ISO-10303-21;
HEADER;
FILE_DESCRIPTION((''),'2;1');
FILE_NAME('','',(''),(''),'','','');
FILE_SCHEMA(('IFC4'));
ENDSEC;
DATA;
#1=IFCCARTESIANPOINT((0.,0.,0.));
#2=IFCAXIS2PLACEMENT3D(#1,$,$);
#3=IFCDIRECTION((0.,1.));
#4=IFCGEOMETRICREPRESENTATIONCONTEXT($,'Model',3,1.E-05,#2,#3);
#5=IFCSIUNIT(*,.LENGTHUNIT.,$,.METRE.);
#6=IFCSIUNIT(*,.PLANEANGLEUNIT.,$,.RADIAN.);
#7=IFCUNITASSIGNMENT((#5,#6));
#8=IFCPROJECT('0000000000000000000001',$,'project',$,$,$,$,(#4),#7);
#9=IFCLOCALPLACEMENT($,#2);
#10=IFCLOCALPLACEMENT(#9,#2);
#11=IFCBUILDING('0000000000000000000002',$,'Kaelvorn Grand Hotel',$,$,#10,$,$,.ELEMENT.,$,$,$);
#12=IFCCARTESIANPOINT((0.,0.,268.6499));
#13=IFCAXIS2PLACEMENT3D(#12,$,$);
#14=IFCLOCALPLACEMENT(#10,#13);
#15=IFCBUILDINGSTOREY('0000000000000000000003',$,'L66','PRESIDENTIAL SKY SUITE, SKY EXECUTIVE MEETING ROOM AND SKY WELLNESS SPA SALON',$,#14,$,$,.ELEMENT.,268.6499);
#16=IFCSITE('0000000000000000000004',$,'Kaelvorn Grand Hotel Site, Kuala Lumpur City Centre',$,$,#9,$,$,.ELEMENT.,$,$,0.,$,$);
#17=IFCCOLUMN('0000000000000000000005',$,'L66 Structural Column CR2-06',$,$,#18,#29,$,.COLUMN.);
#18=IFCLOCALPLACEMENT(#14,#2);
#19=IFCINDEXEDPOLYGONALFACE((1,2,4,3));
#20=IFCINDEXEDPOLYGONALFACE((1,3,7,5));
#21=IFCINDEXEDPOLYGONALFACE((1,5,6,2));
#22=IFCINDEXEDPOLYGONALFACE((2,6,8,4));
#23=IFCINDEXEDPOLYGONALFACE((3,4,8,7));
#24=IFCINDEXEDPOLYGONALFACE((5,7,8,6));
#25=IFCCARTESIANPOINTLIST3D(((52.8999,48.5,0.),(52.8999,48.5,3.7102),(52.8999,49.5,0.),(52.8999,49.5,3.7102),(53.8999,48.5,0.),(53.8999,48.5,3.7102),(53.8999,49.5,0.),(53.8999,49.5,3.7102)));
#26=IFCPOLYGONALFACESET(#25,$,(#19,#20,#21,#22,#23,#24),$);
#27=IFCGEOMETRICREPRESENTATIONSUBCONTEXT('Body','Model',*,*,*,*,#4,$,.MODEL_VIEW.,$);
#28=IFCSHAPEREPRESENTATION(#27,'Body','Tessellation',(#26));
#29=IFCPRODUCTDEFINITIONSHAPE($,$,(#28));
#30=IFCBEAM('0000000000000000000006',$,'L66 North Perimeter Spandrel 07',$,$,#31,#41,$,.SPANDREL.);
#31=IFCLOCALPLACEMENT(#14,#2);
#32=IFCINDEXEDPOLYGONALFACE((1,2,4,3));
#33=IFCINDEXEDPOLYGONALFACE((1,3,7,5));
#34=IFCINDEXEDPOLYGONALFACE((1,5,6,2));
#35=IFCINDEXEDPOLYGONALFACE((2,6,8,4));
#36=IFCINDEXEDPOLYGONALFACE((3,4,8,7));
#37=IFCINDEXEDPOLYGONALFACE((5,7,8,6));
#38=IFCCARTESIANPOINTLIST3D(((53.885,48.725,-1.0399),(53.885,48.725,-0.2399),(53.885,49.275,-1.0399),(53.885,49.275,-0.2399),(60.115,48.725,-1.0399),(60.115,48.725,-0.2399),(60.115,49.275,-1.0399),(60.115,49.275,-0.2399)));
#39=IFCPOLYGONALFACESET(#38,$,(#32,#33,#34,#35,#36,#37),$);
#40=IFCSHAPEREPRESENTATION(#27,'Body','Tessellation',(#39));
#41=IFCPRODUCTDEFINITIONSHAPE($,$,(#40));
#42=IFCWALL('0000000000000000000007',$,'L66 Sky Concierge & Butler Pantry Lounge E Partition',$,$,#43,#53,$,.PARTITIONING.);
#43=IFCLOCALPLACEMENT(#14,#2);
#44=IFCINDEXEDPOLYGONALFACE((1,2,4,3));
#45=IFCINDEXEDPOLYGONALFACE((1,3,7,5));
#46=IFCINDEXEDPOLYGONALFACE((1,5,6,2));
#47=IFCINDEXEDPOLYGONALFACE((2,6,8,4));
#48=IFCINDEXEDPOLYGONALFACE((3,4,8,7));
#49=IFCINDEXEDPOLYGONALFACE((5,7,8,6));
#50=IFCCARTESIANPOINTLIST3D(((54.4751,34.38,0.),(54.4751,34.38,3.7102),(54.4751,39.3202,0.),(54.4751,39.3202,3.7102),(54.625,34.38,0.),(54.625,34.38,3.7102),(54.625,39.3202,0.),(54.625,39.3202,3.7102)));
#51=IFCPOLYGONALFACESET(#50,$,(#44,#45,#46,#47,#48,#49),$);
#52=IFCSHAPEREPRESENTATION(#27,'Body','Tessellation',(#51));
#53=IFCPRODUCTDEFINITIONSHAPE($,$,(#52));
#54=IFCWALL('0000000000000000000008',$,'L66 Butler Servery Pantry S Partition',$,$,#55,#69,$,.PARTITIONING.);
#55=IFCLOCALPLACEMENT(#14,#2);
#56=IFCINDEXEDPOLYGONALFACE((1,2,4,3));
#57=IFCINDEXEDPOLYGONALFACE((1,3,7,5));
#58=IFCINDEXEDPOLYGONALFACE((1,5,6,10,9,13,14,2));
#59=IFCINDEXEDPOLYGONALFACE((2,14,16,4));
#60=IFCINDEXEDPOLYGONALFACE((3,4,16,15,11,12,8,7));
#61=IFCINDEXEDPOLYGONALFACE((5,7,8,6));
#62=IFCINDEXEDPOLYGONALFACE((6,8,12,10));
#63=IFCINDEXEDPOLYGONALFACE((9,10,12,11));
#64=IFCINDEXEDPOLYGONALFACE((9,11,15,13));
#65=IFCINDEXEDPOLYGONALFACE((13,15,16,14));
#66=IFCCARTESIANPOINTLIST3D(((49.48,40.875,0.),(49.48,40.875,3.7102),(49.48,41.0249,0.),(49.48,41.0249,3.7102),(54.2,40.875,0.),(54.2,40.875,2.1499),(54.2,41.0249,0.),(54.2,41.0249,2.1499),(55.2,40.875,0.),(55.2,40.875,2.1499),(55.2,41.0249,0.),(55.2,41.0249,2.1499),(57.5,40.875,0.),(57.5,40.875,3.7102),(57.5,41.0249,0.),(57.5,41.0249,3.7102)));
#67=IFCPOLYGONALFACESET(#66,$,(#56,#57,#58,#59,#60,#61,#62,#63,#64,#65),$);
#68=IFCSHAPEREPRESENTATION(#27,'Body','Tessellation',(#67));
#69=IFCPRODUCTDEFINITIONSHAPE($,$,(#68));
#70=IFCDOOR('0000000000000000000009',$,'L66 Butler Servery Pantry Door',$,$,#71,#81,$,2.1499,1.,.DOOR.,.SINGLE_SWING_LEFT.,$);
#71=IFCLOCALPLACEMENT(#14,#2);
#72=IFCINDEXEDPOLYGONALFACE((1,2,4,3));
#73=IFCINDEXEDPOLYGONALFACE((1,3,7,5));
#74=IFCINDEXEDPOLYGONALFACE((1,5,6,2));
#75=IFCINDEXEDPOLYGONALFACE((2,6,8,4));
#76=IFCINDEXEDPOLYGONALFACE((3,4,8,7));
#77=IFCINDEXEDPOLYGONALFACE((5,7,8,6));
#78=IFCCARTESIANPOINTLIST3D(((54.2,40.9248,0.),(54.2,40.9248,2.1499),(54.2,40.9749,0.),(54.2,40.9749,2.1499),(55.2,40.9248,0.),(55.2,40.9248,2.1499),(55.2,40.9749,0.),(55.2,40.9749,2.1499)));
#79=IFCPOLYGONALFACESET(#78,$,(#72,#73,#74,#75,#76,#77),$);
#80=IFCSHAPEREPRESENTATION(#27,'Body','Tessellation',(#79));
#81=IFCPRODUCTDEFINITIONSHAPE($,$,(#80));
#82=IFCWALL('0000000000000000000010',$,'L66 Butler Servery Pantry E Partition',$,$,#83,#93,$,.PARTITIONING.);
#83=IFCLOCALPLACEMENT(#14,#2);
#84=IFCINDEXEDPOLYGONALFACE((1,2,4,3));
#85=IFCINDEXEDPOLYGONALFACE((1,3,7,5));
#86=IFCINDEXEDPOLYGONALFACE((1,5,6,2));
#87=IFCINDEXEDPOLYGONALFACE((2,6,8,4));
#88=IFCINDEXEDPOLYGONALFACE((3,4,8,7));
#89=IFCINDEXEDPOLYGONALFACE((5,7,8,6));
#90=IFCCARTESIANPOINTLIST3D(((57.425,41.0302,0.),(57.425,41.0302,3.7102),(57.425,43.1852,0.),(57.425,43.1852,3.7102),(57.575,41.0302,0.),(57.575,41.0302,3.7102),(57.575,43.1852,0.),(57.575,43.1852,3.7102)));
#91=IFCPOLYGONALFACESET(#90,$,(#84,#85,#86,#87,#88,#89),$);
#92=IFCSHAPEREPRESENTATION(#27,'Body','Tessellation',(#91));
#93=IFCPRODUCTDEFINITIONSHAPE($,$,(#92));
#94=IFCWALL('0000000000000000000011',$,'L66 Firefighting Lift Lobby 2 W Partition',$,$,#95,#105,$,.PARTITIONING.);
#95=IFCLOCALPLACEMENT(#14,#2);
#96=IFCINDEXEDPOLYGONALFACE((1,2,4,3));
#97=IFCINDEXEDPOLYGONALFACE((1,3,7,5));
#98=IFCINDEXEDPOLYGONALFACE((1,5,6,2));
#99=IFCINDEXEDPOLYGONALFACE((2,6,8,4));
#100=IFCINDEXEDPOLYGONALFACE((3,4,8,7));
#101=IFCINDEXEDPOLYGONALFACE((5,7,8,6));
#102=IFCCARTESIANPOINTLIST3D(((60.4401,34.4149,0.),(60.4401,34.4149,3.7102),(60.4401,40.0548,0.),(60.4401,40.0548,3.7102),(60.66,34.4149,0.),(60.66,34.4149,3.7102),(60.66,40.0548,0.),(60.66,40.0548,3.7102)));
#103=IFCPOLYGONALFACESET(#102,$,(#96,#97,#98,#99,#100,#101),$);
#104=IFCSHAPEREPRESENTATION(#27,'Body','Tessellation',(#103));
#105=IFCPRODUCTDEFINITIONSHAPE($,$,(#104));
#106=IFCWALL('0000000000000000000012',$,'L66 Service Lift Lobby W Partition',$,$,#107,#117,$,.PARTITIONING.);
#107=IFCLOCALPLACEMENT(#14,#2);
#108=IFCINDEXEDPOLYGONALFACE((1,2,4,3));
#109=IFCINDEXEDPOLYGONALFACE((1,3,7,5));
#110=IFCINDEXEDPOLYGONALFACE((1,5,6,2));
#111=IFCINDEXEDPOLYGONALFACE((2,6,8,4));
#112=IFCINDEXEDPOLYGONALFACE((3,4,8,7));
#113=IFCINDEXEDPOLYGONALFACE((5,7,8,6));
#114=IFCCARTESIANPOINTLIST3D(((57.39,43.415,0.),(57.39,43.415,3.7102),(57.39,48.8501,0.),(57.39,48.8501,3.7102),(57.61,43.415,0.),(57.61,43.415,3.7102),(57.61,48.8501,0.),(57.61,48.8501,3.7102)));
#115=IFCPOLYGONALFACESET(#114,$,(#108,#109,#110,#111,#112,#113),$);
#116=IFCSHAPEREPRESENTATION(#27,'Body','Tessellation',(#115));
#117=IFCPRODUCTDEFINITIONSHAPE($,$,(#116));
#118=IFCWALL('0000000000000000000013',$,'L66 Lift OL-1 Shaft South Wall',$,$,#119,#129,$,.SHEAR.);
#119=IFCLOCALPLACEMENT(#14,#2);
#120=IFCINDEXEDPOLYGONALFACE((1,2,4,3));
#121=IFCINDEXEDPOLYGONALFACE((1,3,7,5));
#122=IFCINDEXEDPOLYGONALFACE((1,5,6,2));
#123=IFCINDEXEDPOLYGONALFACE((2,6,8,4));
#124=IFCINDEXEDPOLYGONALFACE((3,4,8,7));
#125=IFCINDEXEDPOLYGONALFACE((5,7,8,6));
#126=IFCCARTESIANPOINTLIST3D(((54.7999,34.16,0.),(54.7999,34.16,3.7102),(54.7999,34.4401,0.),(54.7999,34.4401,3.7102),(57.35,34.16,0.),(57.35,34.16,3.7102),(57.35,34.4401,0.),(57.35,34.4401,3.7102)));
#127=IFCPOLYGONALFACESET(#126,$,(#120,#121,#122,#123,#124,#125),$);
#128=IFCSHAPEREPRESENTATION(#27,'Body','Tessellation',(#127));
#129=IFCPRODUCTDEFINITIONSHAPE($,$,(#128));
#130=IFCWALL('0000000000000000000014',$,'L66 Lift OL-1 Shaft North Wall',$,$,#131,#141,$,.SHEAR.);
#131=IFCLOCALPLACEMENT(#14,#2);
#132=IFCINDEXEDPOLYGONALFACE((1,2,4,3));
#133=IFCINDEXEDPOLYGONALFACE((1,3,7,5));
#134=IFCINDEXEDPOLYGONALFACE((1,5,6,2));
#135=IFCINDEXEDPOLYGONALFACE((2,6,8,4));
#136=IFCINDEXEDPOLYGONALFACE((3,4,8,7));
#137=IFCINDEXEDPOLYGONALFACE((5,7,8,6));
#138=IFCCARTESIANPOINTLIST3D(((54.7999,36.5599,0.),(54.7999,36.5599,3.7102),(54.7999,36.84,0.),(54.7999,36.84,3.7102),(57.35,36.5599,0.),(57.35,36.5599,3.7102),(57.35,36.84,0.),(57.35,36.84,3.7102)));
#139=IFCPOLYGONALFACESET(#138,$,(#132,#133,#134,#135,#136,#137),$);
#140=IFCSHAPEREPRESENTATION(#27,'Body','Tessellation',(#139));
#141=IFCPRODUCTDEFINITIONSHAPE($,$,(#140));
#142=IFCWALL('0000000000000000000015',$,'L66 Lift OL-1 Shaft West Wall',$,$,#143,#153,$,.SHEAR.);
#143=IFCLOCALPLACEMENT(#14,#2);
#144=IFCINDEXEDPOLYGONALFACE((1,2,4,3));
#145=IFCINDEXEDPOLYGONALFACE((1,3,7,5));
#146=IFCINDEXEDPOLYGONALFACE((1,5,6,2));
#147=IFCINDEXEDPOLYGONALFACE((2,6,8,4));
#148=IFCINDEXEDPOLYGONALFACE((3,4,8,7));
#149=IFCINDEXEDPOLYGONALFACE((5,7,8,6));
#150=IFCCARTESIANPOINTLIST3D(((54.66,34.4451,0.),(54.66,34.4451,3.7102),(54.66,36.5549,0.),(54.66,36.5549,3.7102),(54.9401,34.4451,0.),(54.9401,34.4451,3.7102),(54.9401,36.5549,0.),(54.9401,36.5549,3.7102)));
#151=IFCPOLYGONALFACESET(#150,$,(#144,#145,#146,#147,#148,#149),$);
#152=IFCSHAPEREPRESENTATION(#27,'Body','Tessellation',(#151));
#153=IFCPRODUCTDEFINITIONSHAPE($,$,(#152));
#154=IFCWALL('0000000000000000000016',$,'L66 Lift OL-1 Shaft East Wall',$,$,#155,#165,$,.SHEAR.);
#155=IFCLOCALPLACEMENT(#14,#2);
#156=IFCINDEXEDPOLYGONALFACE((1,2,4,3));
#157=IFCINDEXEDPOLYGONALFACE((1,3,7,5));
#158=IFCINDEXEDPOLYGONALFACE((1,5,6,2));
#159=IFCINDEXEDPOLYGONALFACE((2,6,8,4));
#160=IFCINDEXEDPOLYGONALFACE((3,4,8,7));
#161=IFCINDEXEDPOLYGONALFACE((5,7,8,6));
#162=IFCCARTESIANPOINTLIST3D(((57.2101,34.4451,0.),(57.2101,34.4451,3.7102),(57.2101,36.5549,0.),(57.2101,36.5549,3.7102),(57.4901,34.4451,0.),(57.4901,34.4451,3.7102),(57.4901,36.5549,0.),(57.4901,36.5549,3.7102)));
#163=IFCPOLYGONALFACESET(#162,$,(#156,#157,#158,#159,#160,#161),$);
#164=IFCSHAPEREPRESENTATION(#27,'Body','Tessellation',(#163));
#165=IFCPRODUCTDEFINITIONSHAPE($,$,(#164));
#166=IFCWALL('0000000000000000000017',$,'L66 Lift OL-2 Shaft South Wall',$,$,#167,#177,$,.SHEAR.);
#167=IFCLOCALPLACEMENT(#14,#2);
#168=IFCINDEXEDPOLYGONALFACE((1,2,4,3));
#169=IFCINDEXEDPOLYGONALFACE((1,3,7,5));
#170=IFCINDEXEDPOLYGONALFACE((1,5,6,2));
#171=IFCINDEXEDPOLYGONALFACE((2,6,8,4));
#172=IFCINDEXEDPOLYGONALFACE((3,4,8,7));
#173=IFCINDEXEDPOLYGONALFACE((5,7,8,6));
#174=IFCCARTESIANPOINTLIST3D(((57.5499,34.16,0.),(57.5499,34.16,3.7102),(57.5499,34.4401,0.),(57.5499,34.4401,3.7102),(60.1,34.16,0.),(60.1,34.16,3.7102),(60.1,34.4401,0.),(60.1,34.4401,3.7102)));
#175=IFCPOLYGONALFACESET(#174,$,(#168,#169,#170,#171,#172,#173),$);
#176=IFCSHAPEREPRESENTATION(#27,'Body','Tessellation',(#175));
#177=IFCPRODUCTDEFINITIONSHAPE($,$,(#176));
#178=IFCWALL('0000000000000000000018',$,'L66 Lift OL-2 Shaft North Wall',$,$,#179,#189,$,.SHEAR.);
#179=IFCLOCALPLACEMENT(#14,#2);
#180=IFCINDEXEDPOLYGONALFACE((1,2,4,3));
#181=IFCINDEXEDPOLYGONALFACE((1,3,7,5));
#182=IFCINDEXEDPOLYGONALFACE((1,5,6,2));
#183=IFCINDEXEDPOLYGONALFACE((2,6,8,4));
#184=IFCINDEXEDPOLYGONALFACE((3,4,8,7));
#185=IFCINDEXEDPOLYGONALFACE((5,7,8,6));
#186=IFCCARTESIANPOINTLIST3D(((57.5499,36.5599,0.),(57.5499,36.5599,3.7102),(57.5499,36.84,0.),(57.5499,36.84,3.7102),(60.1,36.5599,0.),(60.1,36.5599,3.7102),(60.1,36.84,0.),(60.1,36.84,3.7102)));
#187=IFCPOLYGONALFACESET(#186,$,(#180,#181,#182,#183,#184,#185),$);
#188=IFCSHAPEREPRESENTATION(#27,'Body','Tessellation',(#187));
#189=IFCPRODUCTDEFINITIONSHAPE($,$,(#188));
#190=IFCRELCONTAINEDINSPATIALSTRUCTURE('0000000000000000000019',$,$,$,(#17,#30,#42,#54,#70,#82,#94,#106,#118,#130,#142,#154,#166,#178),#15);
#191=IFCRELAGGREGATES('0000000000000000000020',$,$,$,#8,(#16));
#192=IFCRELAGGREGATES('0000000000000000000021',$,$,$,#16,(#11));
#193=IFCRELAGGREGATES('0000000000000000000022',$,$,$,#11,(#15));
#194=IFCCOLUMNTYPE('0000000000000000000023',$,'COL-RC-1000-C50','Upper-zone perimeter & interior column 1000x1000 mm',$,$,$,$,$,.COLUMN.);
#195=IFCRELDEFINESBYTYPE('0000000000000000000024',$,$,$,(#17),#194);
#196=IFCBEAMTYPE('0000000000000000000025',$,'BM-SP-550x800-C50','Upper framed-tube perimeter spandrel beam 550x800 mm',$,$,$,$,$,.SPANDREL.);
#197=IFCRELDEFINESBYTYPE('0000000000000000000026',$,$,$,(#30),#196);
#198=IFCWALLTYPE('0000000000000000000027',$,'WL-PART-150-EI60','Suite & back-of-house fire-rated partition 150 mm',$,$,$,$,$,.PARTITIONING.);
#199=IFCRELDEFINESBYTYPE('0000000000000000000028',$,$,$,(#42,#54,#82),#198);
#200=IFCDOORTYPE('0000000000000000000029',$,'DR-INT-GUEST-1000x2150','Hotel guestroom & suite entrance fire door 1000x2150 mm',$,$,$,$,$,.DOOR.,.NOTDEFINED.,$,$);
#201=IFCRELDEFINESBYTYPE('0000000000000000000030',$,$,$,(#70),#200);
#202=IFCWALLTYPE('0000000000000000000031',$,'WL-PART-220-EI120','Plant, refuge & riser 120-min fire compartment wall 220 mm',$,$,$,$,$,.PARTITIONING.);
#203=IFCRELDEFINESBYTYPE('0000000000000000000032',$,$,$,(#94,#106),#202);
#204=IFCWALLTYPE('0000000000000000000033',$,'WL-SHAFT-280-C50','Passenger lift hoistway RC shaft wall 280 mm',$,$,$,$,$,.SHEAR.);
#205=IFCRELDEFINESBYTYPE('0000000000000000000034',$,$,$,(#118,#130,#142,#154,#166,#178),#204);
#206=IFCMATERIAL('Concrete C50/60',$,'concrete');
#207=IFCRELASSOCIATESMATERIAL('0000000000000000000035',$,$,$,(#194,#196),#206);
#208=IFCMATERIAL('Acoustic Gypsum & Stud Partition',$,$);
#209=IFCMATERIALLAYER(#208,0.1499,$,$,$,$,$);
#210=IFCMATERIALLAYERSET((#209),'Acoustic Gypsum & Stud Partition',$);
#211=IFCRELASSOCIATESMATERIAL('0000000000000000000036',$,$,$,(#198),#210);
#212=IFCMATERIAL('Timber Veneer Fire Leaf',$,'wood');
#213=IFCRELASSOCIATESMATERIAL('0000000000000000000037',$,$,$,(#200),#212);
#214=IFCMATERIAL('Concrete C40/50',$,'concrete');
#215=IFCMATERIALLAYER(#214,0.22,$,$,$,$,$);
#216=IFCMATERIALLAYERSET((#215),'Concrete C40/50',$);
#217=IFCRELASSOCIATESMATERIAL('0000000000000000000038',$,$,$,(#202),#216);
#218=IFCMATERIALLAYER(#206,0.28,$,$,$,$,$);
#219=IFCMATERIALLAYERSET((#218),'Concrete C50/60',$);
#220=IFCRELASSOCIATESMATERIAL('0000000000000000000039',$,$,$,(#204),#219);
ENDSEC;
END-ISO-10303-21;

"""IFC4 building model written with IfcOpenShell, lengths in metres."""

from ifc_helpers import new_model, si_unit, direction, frame, frame_2d, origin, origin_2d, place, context, subcontext, project, spatial, rectangle, extrude, material, layer, layer_set, material_profile, profile_set, type_object, element, fill, save


model = new_model("IFC4")

# Units and contexts
model_context = context("Model", 3, precision=1e-05, world=origin(), true_north=direction((0.0, 1.0)))
body_context = subcontext(model_context, "Body", "Model", "MODEL_VIEW")
ifc_project = project(units=[si_unit("LENGTHUNIT", "METRE"), si_unit("PLANEANGLEUNIT", "RADIAN")], contexts=[model_context])

# Site, building, storey
site_placement = place(None, origin())
site = spatial("IfcSite", under=ifc_project, at=site_placement, Name="Kaelvorn Grand Hotel Site, Kuala Lumpur City Centre", CompositionType="ELEMENT", RefElevation=0.0)
building_placement = place(site_placement, origin())
building = spatial("IfcBuilding", under=site, at=building_placement, Name="Kaelvorn Grand Hotel", CompositionType="ELEMENT")
storey_placement = place(building_placement, frame((0.0, 0.0, 268.6499)))
storey = spatial("IfcBuildingStorey", under=building, at=storey_placement, Name="L66", Description="PRESIDENTIAL SKY SUITE, SKY EXECUTIVE MEETING ROOM AND SKY WELLNESS SPA SALON", CompositionType="ELEMENT", Elevation=268.6499)

# Column
ifc_material_1 = material(Name="Concrete C50/60", Category="concrete")
ifc_material_profile_1 = material_profile(ifc_material_1, rectangle(XDim=1.0, YDim=1.0, at=origin_2d()), Name="RC COL 1000x1000")
ifc_profile_set_1 = profile_set([ifc_material_profile_1], Name="Concrete C50/60")
column_type = type_object("IfcColumnType", Name="COL-RC-1000-C50", Description="Upper-zone perimeter & interior column 1000x1000 mm", PredefinedType="COLUMN", material=ifc_profile_set_1)
column_placement = place(storey_placement, frame((53.3999, 49.0, 0.0), z_axis=(0.0, 0.0, 1.0), x_axis=(1.0, 0.0, 0.0)))
element("IfcColumn", 1, at=column_placement, inside=storey, type_object=column_type, Name="L66 Structural Column CR2-06", PredefinedType="COLUMN", context=body_context, shape_type="SweptSolid", body=[
    extrude(rectangle(XDim=1.0, YDim=1.0, at=origin_2d()), origin(), (0.0, 0.0, 1.0), 3.7102),
])

# Beam
ifc_material_profile_2 = material_profile(ifc_material_1, rectangle(XDim=0.55, YDim=0.8, at=origin_2d()), Name="RC SPANDREL 550x800")
ifc_profile_set_2 = profile_set([ifc_material_profile_2], Name="Concrete C50/60")
beam_type = type_object("IfcBeamType", Name="BM-SP-550x800-C50", Description="Upper framed-tube perimeter spandrel beam 550x800 mm", PredefinedType="SPANDREL", material=ifc_profile_set_2)
beam_placement = place(storey_placement, frame((53.885, 49.0, -0.6399), z_axis=(1.0, 0.0, 0.0), x_axis=(0.0, 1.0, 0.0)))
element("IfcBeam", 2, at=beam_placement, inside=storey, type_object=beam_type, Name="L66 North Perimeter Spandrel 07", PredefinedType="SPANDREL", context=body_context, shape_type="SweptSolid", body=[
    extrude(rectangle(XDim=0.55, YDim=0.8, at=origin_2d()), origin(), (0.0, 0.0, 1.0), 6.23),
])

# Wall
ifc_material_2 = material(Name="Acoustic Gypsum & Stud Partition")
ifc_layer_1 = layer(ifc_material_2, 0.1499)
ifc_layer_set_1 = layer_set([ifc_layer_1], Name="Acoustic Gypsum & Stud Partition")
wall_type_1 = type_object("IfcWallType", Name="WL-PART-150-EI60", Description="Suite & back-of-house fire-rated partition 150 mm", PredefinedType="PARTITIONING", material=ifc_layer_set_1)
wall_1_placement = place(storey_placement, frame((54.55, 34.3799, 0.0), z_axis=(0.0, 0.0, 1.0), x_axis=(0.0, 1.0, 0.0)))
element("IfcWall", 3, at=wall_1_placement, inside=storey, type_object=wall_type_1, Name="L66 Sky Concierge & Butler Pantry Lounge E Partition", PredefinedType="PARTITIONING", context=body_context, shape_type="SweptSolid", body=[
    extrude(rectangle(XDim=4.9402, YDim=0.1499, at=frame_2d((2.4702, 0.0))), origin(), (0.0, 0.0, 1.0), 3.7102),
])

# Wall, opening, door
wall_2_placement = place(storey_placement, frame((49.48, 40.95, 0.0), z_axis=(0.0, 0.0, 1.0), x_axis=(1.0, 0.0, 0.0)))
wall_2 = element("IfcWall", 4, at=wall_2_placement, inside=storey, type_object=wall_type_1, Name="L66 Butler Servery Pantry S Partition", PredefinedType="PARTITIONING", context=body_context, shape_type="SweptSolid", body=[
    extrude(rectangle(XDim=8.02, YDim=0.1499, at=frame_2d((4.01, 0.0))), origin(), (0.0, 0.0, 1.0), 3.7102),
])
opening_1_placement = place(wall_2_placement, frame((4.72, 0.0, 0.0)))
opening_1 = element("IfcOpeningElement", 5, at=opening_1_placement, cuts=wall_2, PredefinedType="OPENING", context=body_context, shape_type="SweptSolid", body=[
    extrude(rectangle(XDim=1.0, YDim=2.1499, at=frame_2d((0.5, 1.075))), frame((0.0, 0.085, 0.0), z_axis=(0.0, -1.0, 0.0), x_axis=(1.0, 0.0, 0.0)), (0.0, 0.0, 1.0), 0.1699),
])
ifc_material_3 = material(Name="Timber Veneer Fire Leaf", Category="wood")
door_type_1 = type_object("IfcDoorType", Name="DR-INT-GUEST-1000x2150", Description="Hotel guestroom & suite entrance fire door 1000x2150 mm", OperationType="NOTDEFINED", PredefinedType="DOOR", material=ifc_material_3)
door_1_placement = place(opening_1_placement, origin())
door_1 = element("IfcDoor", 6, at=door_1_placement, inside=storey, type_object=door_type_1, Name="L66 Butler Servery Pantry Door", OperationType="SINGLE_SWING_LEFT", OverallHeight=2.1499, OverallWidth=1.0, PredefinedType="DOOR", context=body_context, shape_type="SweptSolid", body=[
    extrude(rectangle(XDim=1.0, YDim=2.1499, at=frame_2d((0.5, 1.075))), frame((0.0, 0.0249, 0.0), z_axis=(0.0, -1.0, 0.0), x_axis=(1.0, 0.0, 0.0)), (0.0, 0.0, 1.0), 0.05),
])
fill(opening_1, door_1)

# Wall
wall_3_placement = place(storey_placement, frame((57.5, 41.03, 0.0), z_axis=(0.0, 0.0, 1.0), x_axis=(0.0, 1.0, 0.0)))
element("IfcWall", 7, at=wall_3_placement, inside=storey, type_object=wall_type_1, Name="L66 Butler Servery Pantry E Partition", PredefinedType="PARTITIONING", context=body_context, shape_type="SweptSolid", body=[
    extrude(rectangle(XDim=2.155, YDim=0.1499, at=frame_2d((1.0776, 0.0))), origin(), (0.0, 0.0, 1.0), 3.7102),
])

# Shared definitions
ifc_material_4 = material(Name="Concrete C40/50", Category="concrete")
ifc_layer_2 = layer(ifc_material_4, 0.22)
ifc_layer_set_2 = layer_set([ifc_layer_2], Name="Concrete C40/50")
wall_type_2 = type_object("IfcWallType", Name="WL-PART-220-EI120", Description="Plant, refuge & riser 120-min fire compartment wall 220 mm", PredefinedType="PARTITIONING", material=ifc_layer_set_2)

# Wall
wall_4_placement = place(storey_placement, frame((60.55, 34.415, 0.0), z_axis=(0.0, 0.0, 1.0), x_axis=(0.0, 1.0, 0.0)))
element("IfcWall", 8, at=wall_4_placement, inside=storey, type_object=wall_type_2, Name="L66 Firefighting Lift Lobby 2 W Partition", PredefinedType="PARTITIONING", context=body_context, shape_type="SweptSolid", body=[
    extrude(rectangle(XDim=5.6399, YDim=0.22, at=frame_2d((2.8198, 0.0))), origin(), (0.0, 0.0, 1.0), 3.7102),
])

# Walls
wall_5_placement = place(storey_placement, frame((57.5, 43.415, 0.0), z_axis=(0.0, 0.0, 1.0), x_axis=(0.0, 1.0, 0.0)))
element("IfcWall", 9, at=wall_5_placement, inside=storey, type_object=wall_type_2, Name="L66 Service Lift Lobby W Partition", PredefinedType="PARTITIONING", context=body_context, shape_type="SweptSolid", body=[
    extrude(rectangle(XDim=5.4351, YDim=0.22, at=frame_2d((2.7175, 0.0))), origin(), (0.0, 0.0, 1.0), 3.7102),
])
ifc_layer_3 = layer(ifc_material_1, 0.28)
ifc_layer_set_3 = layer_set([ifc_layer_3], Name="Concrete C50/60")
wall_type_3 = type_object("IfcWallType", Name="WL-SHAFT-280-C50", Description="Passenger lift hoistway RC shaft wall 280 mm", PredefinedType="SHEAR", material=ifc_layer_set_3)
for number, where, z_axis, x_axis, name in (
    (10, (54.8, 34.3, 0.0), (0.0, 0.0, 1.0), (1.0, 0.0, 0.0), "L66 Lift OL-1 Shaft South Wall"),
    (11, (54.8, 36.7, 0.0), (0.0, 0.0, 1.0), (1.0, 0.0, 0.0), "L66 Lift OL-1 Shaft North Wall"),
):
    element("IfcWall", number, at=place(storey_placement, frame(where, z_axis=z_axis, x_axis=x_axis)), inside=storey, type_object=wall_type_3, Name=name, PredefinedType="SHEAR", context=body_context, shape_type="SweptSolid", body=[
        extrude(rectangle(XDim=2.55, YDim=0.28, at=frame_2d((1.2749, 0.0))), origin(), (0.0, 0.0, 1.0), 3.7102),
    ])
for number, where, z_axis, x_axis, name in (
    (12, (54.8, 34.4451, 0.0), (0.0, 0.0, 1.0), (0.0, 1.0, 0.0), "L66 Lift OL-1 Shaft West Wall"),
    (13, (57.3501, 34.4451, 0.0), (0.0, 0.0, 1.0), (0.0, 1.0, 0.0), "L66 Lift OL-1 Shaft East Wall"),
):
    element("IfcWall", number, at=place(storey_placement, frame(where, z_axis=z_axis, x_axis=x_axis)), inside=storey, type_object=wall_type_3, Name=name, PredefinedType="SHEAR", context=body_context, shape_type="SweptSolid", body=[
        extrude(rectangle(XDim=2.1099, YDim=0.28, at=frame_2d((1.0549, 0.0))), origin(), (0.0, 0.0, 1.0), 3.7102),
    ])
for number, where, z_axis, x_axis, name in (
    (14, (57.55, 34.3, 0.0), (0.0, 0.0, 1.0), (1.0, 0.0, 0.0), "L66 Lift OL-2 Shaft South Wall"),
    (15, (57.55, 36.7, 0.0), (0.0, 0.0, 1.0), (1.0, 0.0, 0.0), "L66 Lift OL-2 Shaft North Wall"),
):
    element("IfcWall", number, at=place(storey_placement, frame(where, z_axis=z_axis, x_axis=x_axis)), inside=storey, type_object=wall_type_3, Name=name, PredefinedType="SHEAR", context=body_context, shape_type="SweptSolid", body=[
        extrude(rectangle(XDim=2.55, YDim=0.28, at=frame_2d((1.2749, 0.0))), origin(), (0.0, 0.0, 1.0), 3.7102),
    ])

save(model, "model.ifc")
